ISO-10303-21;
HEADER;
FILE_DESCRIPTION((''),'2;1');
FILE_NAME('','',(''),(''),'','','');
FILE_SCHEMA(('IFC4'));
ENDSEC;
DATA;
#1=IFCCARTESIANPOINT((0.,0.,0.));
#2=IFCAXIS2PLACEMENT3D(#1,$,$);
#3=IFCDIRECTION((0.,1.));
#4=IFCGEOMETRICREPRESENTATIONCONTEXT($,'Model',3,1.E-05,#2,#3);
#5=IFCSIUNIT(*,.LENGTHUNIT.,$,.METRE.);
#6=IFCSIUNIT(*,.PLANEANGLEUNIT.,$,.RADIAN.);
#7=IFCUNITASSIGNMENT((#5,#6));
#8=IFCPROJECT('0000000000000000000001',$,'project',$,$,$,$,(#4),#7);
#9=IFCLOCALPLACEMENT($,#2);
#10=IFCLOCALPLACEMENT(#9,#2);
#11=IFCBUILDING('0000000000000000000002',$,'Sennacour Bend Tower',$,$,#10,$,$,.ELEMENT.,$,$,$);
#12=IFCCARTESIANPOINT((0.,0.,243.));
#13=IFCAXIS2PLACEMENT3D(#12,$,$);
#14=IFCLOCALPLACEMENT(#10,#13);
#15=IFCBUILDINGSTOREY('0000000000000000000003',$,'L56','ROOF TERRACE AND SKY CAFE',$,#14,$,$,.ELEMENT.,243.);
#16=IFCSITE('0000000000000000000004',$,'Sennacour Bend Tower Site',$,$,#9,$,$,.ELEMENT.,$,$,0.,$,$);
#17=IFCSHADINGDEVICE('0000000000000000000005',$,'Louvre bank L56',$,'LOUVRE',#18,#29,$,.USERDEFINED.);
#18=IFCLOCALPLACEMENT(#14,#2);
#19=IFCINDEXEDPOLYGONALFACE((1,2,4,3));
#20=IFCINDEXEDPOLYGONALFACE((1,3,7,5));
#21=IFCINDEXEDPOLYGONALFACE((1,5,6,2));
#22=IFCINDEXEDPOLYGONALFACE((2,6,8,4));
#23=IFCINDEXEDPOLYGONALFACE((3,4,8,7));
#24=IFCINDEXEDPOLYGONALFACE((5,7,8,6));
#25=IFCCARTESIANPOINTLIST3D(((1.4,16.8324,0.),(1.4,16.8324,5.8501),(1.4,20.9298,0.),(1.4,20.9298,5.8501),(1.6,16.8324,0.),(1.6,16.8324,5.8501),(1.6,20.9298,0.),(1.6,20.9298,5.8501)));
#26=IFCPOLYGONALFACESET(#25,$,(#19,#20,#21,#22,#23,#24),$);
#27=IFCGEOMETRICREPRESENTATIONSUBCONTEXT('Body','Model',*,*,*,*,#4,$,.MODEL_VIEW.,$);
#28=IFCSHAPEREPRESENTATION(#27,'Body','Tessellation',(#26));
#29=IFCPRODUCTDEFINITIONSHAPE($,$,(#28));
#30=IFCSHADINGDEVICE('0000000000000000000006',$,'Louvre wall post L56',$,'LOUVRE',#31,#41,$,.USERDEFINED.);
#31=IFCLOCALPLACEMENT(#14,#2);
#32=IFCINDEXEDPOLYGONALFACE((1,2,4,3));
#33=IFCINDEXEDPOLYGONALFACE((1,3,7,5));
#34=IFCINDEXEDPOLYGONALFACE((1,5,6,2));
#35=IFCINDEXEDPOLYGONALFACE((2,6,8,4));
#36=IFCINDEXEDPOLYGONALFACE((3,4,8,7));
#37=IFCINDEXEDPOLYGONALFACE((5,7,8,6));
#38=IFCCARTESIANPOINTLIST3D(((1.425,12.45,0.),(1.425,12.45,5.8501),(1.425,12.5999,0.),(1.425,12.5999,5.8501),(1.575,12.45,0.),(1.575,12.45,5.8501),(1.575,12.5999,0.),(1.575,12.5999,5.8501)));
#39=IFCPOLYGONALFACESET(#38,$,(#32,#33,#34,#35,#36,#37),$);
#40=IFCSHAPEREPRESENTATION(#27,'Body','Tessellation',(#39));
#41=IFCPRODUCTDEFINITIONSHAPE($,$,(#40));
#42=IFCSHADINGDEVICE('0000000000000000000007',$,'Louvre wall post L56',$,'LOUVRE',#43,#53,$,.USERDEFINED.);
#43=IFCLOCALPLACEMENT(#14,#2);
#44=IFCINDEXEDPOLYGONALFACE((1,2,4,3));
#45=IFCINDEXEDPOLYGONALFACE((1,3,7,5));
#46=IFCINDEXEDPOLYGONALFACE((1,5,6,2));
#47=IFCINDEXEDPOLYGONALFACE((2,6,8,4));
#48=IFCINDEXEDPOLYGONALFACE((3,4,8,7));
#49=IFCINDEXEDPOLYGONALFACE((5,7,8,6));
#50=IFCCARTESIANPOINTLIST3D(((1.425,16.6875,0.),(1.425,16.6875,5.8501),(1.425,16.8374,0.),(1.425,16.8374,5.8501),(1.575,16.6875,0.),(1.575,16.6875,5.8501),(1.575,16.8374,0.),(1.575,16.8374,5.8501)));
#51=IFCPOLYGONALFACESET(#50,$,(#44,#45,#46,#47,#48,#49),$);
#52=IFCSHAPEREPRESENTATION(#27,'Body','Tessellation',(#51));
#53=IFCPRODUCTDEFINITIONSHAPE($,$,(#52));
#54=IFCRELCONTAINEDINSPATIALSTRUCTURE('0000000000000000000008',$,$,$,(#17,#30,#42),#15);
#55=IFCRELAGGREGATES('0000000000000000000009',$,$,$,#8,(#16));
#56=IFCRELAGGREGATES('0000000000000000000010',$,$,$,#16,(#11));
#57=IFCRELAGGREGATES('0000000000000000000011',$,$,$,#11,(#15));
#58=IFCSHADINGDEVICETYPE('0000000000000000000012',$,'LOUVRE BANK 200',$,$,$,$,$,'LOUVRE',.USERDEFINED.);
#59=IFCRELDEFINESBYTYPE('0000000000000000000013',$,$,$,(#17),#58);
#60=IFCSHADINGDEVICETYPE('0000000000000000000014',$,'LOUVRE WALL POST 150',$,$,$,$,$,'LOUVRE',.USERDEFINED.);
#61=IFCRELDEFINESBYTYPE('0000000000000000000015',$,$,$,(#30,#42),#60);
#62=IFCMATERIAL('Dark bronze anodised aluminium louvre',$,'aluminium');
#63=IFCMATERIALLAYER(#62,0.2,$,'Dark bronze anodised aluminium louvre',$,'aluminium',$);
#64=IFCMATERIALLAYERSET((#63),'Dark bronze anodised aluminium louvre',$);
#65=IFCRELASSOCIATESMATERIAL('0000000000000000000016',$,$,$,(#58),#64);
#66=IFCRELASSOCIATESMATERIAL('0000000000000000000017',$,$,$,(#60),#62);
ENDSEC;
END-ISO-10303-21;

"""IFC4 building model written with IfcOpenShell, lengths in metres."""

from ifc_helpers import new_model, si_unit, direction, frame, origin, origin_2d, place, context, subcontext, project, spatial, rectangle, extrude, material, layer, layer_set, type_object, element, save


model = new_model("IFC4")

# Units and contexts
model_context = context("Model", 3, precision=1e-05, world=origin(), true_north=direction((0.0, 1.0)))
body_context = subcontext(model_context, "Body", "Model", "MODEL_VIEW")
ifc_project = project(units=[si_unit("LENGTHUNIT", "METRE"), si_unit("PLANEANGLEUNIT", "RADIAN")], contexts=[model_context])

# Site, building, storey
site_placement = place(None, origin())
site = spatial("IfcSite", under=ifc_project, at=site_placement, Name="Sennacour Bend Tower Site", CompositionType="ELEMENT", RefElevation=0.0)
building_placement = place(site_placement, origin())
building = spatial("IfcBuilding", under=site, at=building_placement, Name="Sennacour Bend Tower", CompositionType="ELEMENT")
storey_placement = place(building_placement, frame((0.0, 0.0, 243.0)))
storey = spatial("IfcBuildingStorey", under=building, at=storey_placement, Name="L56", Description="ROOF TERRACE AND SKY CAFE", CompositionType="ELEMENT", Elevation=243.0)

# Shading devices
ifc_material_1 = material(Name="Dark bronze anodised aluminium louvre", Category="aluminium")
ifc_layer_1 = layer(ifc_material_1, 0.2, Name="Dark bronze anodised aluminium louvre", Category="aluminium")
ifc_layer_set_1 = layer_set([ifc_layer_1], Name="Dark bronze anodised aluminium louvre")
shading_device_type_1 = type_object("IfcShadingDeviceType", Name="LOUVRE BANK 200", ElementType="LOUVRE", PredefinedType="USERDEFINED", material=ifc_layer_set_1)
for number, where, z_axis, x_axis, name in (
    (1, (1.5, 18.8811, 0.0), (0.0, 0.0, 1.0), (0.0, 1.0, 0.0), "Louvre bank L56"),
):
    element("IfcShadingDevice", number, at=place(storey_placement, frame(where, z_axis=z_axis, x_axis=x_axis)), inside=storey, type_object=shading_device_type_1, Name=name, ObjectType="LOUVRE", PredefinedType="USERDEFINED", context=body_context, shape_type="SweptSolid", body=[
        extrude(rectangle(XDim=4.0974, YDim=0.2, at=origin_2d()), origin(), (0.0, 0.0, 1.0), 5.8501),
    ])
shading_device_type_2 = type_object("IfcShadingDeviceType", Name="LOUVRE WALL POST 150", ElementType="LOUVRE", PredefinedType="USERDEFINED", material=ifc_material_1)
for number, where, z_axis, x_axis, name in (
    (2, (1.5, 12.5249, 0.0), (0.0, 0.0, 1.0), (1.0, 0.0, 0.0), "Louvre wall post L56"),
    (3, (1.5, 16.7625, 0.0), (0.0, 0.0, 1.0), (1.0, 0.0, 0.0), "Louvre wall post L56"),
):
    element("IfcShadingDevice", number, at=place(storey_placement, frame(where, z_axis=z_axis, x_axis=x_axis)), inside=storey, type_object=shading_device_type_2, Name=name, ObjectType="LOUVRE", PredefinedType="USERDEFINED", context=body_context, shape_type="SweptSolid", body=[
        extrude(rectangle(XDim=0.1499, YDim=0.1499, at=origin_2d()), origin(), (0.0, 0.0, 1.0), 5.8501),
    ])

save(model, "model.ifc")
